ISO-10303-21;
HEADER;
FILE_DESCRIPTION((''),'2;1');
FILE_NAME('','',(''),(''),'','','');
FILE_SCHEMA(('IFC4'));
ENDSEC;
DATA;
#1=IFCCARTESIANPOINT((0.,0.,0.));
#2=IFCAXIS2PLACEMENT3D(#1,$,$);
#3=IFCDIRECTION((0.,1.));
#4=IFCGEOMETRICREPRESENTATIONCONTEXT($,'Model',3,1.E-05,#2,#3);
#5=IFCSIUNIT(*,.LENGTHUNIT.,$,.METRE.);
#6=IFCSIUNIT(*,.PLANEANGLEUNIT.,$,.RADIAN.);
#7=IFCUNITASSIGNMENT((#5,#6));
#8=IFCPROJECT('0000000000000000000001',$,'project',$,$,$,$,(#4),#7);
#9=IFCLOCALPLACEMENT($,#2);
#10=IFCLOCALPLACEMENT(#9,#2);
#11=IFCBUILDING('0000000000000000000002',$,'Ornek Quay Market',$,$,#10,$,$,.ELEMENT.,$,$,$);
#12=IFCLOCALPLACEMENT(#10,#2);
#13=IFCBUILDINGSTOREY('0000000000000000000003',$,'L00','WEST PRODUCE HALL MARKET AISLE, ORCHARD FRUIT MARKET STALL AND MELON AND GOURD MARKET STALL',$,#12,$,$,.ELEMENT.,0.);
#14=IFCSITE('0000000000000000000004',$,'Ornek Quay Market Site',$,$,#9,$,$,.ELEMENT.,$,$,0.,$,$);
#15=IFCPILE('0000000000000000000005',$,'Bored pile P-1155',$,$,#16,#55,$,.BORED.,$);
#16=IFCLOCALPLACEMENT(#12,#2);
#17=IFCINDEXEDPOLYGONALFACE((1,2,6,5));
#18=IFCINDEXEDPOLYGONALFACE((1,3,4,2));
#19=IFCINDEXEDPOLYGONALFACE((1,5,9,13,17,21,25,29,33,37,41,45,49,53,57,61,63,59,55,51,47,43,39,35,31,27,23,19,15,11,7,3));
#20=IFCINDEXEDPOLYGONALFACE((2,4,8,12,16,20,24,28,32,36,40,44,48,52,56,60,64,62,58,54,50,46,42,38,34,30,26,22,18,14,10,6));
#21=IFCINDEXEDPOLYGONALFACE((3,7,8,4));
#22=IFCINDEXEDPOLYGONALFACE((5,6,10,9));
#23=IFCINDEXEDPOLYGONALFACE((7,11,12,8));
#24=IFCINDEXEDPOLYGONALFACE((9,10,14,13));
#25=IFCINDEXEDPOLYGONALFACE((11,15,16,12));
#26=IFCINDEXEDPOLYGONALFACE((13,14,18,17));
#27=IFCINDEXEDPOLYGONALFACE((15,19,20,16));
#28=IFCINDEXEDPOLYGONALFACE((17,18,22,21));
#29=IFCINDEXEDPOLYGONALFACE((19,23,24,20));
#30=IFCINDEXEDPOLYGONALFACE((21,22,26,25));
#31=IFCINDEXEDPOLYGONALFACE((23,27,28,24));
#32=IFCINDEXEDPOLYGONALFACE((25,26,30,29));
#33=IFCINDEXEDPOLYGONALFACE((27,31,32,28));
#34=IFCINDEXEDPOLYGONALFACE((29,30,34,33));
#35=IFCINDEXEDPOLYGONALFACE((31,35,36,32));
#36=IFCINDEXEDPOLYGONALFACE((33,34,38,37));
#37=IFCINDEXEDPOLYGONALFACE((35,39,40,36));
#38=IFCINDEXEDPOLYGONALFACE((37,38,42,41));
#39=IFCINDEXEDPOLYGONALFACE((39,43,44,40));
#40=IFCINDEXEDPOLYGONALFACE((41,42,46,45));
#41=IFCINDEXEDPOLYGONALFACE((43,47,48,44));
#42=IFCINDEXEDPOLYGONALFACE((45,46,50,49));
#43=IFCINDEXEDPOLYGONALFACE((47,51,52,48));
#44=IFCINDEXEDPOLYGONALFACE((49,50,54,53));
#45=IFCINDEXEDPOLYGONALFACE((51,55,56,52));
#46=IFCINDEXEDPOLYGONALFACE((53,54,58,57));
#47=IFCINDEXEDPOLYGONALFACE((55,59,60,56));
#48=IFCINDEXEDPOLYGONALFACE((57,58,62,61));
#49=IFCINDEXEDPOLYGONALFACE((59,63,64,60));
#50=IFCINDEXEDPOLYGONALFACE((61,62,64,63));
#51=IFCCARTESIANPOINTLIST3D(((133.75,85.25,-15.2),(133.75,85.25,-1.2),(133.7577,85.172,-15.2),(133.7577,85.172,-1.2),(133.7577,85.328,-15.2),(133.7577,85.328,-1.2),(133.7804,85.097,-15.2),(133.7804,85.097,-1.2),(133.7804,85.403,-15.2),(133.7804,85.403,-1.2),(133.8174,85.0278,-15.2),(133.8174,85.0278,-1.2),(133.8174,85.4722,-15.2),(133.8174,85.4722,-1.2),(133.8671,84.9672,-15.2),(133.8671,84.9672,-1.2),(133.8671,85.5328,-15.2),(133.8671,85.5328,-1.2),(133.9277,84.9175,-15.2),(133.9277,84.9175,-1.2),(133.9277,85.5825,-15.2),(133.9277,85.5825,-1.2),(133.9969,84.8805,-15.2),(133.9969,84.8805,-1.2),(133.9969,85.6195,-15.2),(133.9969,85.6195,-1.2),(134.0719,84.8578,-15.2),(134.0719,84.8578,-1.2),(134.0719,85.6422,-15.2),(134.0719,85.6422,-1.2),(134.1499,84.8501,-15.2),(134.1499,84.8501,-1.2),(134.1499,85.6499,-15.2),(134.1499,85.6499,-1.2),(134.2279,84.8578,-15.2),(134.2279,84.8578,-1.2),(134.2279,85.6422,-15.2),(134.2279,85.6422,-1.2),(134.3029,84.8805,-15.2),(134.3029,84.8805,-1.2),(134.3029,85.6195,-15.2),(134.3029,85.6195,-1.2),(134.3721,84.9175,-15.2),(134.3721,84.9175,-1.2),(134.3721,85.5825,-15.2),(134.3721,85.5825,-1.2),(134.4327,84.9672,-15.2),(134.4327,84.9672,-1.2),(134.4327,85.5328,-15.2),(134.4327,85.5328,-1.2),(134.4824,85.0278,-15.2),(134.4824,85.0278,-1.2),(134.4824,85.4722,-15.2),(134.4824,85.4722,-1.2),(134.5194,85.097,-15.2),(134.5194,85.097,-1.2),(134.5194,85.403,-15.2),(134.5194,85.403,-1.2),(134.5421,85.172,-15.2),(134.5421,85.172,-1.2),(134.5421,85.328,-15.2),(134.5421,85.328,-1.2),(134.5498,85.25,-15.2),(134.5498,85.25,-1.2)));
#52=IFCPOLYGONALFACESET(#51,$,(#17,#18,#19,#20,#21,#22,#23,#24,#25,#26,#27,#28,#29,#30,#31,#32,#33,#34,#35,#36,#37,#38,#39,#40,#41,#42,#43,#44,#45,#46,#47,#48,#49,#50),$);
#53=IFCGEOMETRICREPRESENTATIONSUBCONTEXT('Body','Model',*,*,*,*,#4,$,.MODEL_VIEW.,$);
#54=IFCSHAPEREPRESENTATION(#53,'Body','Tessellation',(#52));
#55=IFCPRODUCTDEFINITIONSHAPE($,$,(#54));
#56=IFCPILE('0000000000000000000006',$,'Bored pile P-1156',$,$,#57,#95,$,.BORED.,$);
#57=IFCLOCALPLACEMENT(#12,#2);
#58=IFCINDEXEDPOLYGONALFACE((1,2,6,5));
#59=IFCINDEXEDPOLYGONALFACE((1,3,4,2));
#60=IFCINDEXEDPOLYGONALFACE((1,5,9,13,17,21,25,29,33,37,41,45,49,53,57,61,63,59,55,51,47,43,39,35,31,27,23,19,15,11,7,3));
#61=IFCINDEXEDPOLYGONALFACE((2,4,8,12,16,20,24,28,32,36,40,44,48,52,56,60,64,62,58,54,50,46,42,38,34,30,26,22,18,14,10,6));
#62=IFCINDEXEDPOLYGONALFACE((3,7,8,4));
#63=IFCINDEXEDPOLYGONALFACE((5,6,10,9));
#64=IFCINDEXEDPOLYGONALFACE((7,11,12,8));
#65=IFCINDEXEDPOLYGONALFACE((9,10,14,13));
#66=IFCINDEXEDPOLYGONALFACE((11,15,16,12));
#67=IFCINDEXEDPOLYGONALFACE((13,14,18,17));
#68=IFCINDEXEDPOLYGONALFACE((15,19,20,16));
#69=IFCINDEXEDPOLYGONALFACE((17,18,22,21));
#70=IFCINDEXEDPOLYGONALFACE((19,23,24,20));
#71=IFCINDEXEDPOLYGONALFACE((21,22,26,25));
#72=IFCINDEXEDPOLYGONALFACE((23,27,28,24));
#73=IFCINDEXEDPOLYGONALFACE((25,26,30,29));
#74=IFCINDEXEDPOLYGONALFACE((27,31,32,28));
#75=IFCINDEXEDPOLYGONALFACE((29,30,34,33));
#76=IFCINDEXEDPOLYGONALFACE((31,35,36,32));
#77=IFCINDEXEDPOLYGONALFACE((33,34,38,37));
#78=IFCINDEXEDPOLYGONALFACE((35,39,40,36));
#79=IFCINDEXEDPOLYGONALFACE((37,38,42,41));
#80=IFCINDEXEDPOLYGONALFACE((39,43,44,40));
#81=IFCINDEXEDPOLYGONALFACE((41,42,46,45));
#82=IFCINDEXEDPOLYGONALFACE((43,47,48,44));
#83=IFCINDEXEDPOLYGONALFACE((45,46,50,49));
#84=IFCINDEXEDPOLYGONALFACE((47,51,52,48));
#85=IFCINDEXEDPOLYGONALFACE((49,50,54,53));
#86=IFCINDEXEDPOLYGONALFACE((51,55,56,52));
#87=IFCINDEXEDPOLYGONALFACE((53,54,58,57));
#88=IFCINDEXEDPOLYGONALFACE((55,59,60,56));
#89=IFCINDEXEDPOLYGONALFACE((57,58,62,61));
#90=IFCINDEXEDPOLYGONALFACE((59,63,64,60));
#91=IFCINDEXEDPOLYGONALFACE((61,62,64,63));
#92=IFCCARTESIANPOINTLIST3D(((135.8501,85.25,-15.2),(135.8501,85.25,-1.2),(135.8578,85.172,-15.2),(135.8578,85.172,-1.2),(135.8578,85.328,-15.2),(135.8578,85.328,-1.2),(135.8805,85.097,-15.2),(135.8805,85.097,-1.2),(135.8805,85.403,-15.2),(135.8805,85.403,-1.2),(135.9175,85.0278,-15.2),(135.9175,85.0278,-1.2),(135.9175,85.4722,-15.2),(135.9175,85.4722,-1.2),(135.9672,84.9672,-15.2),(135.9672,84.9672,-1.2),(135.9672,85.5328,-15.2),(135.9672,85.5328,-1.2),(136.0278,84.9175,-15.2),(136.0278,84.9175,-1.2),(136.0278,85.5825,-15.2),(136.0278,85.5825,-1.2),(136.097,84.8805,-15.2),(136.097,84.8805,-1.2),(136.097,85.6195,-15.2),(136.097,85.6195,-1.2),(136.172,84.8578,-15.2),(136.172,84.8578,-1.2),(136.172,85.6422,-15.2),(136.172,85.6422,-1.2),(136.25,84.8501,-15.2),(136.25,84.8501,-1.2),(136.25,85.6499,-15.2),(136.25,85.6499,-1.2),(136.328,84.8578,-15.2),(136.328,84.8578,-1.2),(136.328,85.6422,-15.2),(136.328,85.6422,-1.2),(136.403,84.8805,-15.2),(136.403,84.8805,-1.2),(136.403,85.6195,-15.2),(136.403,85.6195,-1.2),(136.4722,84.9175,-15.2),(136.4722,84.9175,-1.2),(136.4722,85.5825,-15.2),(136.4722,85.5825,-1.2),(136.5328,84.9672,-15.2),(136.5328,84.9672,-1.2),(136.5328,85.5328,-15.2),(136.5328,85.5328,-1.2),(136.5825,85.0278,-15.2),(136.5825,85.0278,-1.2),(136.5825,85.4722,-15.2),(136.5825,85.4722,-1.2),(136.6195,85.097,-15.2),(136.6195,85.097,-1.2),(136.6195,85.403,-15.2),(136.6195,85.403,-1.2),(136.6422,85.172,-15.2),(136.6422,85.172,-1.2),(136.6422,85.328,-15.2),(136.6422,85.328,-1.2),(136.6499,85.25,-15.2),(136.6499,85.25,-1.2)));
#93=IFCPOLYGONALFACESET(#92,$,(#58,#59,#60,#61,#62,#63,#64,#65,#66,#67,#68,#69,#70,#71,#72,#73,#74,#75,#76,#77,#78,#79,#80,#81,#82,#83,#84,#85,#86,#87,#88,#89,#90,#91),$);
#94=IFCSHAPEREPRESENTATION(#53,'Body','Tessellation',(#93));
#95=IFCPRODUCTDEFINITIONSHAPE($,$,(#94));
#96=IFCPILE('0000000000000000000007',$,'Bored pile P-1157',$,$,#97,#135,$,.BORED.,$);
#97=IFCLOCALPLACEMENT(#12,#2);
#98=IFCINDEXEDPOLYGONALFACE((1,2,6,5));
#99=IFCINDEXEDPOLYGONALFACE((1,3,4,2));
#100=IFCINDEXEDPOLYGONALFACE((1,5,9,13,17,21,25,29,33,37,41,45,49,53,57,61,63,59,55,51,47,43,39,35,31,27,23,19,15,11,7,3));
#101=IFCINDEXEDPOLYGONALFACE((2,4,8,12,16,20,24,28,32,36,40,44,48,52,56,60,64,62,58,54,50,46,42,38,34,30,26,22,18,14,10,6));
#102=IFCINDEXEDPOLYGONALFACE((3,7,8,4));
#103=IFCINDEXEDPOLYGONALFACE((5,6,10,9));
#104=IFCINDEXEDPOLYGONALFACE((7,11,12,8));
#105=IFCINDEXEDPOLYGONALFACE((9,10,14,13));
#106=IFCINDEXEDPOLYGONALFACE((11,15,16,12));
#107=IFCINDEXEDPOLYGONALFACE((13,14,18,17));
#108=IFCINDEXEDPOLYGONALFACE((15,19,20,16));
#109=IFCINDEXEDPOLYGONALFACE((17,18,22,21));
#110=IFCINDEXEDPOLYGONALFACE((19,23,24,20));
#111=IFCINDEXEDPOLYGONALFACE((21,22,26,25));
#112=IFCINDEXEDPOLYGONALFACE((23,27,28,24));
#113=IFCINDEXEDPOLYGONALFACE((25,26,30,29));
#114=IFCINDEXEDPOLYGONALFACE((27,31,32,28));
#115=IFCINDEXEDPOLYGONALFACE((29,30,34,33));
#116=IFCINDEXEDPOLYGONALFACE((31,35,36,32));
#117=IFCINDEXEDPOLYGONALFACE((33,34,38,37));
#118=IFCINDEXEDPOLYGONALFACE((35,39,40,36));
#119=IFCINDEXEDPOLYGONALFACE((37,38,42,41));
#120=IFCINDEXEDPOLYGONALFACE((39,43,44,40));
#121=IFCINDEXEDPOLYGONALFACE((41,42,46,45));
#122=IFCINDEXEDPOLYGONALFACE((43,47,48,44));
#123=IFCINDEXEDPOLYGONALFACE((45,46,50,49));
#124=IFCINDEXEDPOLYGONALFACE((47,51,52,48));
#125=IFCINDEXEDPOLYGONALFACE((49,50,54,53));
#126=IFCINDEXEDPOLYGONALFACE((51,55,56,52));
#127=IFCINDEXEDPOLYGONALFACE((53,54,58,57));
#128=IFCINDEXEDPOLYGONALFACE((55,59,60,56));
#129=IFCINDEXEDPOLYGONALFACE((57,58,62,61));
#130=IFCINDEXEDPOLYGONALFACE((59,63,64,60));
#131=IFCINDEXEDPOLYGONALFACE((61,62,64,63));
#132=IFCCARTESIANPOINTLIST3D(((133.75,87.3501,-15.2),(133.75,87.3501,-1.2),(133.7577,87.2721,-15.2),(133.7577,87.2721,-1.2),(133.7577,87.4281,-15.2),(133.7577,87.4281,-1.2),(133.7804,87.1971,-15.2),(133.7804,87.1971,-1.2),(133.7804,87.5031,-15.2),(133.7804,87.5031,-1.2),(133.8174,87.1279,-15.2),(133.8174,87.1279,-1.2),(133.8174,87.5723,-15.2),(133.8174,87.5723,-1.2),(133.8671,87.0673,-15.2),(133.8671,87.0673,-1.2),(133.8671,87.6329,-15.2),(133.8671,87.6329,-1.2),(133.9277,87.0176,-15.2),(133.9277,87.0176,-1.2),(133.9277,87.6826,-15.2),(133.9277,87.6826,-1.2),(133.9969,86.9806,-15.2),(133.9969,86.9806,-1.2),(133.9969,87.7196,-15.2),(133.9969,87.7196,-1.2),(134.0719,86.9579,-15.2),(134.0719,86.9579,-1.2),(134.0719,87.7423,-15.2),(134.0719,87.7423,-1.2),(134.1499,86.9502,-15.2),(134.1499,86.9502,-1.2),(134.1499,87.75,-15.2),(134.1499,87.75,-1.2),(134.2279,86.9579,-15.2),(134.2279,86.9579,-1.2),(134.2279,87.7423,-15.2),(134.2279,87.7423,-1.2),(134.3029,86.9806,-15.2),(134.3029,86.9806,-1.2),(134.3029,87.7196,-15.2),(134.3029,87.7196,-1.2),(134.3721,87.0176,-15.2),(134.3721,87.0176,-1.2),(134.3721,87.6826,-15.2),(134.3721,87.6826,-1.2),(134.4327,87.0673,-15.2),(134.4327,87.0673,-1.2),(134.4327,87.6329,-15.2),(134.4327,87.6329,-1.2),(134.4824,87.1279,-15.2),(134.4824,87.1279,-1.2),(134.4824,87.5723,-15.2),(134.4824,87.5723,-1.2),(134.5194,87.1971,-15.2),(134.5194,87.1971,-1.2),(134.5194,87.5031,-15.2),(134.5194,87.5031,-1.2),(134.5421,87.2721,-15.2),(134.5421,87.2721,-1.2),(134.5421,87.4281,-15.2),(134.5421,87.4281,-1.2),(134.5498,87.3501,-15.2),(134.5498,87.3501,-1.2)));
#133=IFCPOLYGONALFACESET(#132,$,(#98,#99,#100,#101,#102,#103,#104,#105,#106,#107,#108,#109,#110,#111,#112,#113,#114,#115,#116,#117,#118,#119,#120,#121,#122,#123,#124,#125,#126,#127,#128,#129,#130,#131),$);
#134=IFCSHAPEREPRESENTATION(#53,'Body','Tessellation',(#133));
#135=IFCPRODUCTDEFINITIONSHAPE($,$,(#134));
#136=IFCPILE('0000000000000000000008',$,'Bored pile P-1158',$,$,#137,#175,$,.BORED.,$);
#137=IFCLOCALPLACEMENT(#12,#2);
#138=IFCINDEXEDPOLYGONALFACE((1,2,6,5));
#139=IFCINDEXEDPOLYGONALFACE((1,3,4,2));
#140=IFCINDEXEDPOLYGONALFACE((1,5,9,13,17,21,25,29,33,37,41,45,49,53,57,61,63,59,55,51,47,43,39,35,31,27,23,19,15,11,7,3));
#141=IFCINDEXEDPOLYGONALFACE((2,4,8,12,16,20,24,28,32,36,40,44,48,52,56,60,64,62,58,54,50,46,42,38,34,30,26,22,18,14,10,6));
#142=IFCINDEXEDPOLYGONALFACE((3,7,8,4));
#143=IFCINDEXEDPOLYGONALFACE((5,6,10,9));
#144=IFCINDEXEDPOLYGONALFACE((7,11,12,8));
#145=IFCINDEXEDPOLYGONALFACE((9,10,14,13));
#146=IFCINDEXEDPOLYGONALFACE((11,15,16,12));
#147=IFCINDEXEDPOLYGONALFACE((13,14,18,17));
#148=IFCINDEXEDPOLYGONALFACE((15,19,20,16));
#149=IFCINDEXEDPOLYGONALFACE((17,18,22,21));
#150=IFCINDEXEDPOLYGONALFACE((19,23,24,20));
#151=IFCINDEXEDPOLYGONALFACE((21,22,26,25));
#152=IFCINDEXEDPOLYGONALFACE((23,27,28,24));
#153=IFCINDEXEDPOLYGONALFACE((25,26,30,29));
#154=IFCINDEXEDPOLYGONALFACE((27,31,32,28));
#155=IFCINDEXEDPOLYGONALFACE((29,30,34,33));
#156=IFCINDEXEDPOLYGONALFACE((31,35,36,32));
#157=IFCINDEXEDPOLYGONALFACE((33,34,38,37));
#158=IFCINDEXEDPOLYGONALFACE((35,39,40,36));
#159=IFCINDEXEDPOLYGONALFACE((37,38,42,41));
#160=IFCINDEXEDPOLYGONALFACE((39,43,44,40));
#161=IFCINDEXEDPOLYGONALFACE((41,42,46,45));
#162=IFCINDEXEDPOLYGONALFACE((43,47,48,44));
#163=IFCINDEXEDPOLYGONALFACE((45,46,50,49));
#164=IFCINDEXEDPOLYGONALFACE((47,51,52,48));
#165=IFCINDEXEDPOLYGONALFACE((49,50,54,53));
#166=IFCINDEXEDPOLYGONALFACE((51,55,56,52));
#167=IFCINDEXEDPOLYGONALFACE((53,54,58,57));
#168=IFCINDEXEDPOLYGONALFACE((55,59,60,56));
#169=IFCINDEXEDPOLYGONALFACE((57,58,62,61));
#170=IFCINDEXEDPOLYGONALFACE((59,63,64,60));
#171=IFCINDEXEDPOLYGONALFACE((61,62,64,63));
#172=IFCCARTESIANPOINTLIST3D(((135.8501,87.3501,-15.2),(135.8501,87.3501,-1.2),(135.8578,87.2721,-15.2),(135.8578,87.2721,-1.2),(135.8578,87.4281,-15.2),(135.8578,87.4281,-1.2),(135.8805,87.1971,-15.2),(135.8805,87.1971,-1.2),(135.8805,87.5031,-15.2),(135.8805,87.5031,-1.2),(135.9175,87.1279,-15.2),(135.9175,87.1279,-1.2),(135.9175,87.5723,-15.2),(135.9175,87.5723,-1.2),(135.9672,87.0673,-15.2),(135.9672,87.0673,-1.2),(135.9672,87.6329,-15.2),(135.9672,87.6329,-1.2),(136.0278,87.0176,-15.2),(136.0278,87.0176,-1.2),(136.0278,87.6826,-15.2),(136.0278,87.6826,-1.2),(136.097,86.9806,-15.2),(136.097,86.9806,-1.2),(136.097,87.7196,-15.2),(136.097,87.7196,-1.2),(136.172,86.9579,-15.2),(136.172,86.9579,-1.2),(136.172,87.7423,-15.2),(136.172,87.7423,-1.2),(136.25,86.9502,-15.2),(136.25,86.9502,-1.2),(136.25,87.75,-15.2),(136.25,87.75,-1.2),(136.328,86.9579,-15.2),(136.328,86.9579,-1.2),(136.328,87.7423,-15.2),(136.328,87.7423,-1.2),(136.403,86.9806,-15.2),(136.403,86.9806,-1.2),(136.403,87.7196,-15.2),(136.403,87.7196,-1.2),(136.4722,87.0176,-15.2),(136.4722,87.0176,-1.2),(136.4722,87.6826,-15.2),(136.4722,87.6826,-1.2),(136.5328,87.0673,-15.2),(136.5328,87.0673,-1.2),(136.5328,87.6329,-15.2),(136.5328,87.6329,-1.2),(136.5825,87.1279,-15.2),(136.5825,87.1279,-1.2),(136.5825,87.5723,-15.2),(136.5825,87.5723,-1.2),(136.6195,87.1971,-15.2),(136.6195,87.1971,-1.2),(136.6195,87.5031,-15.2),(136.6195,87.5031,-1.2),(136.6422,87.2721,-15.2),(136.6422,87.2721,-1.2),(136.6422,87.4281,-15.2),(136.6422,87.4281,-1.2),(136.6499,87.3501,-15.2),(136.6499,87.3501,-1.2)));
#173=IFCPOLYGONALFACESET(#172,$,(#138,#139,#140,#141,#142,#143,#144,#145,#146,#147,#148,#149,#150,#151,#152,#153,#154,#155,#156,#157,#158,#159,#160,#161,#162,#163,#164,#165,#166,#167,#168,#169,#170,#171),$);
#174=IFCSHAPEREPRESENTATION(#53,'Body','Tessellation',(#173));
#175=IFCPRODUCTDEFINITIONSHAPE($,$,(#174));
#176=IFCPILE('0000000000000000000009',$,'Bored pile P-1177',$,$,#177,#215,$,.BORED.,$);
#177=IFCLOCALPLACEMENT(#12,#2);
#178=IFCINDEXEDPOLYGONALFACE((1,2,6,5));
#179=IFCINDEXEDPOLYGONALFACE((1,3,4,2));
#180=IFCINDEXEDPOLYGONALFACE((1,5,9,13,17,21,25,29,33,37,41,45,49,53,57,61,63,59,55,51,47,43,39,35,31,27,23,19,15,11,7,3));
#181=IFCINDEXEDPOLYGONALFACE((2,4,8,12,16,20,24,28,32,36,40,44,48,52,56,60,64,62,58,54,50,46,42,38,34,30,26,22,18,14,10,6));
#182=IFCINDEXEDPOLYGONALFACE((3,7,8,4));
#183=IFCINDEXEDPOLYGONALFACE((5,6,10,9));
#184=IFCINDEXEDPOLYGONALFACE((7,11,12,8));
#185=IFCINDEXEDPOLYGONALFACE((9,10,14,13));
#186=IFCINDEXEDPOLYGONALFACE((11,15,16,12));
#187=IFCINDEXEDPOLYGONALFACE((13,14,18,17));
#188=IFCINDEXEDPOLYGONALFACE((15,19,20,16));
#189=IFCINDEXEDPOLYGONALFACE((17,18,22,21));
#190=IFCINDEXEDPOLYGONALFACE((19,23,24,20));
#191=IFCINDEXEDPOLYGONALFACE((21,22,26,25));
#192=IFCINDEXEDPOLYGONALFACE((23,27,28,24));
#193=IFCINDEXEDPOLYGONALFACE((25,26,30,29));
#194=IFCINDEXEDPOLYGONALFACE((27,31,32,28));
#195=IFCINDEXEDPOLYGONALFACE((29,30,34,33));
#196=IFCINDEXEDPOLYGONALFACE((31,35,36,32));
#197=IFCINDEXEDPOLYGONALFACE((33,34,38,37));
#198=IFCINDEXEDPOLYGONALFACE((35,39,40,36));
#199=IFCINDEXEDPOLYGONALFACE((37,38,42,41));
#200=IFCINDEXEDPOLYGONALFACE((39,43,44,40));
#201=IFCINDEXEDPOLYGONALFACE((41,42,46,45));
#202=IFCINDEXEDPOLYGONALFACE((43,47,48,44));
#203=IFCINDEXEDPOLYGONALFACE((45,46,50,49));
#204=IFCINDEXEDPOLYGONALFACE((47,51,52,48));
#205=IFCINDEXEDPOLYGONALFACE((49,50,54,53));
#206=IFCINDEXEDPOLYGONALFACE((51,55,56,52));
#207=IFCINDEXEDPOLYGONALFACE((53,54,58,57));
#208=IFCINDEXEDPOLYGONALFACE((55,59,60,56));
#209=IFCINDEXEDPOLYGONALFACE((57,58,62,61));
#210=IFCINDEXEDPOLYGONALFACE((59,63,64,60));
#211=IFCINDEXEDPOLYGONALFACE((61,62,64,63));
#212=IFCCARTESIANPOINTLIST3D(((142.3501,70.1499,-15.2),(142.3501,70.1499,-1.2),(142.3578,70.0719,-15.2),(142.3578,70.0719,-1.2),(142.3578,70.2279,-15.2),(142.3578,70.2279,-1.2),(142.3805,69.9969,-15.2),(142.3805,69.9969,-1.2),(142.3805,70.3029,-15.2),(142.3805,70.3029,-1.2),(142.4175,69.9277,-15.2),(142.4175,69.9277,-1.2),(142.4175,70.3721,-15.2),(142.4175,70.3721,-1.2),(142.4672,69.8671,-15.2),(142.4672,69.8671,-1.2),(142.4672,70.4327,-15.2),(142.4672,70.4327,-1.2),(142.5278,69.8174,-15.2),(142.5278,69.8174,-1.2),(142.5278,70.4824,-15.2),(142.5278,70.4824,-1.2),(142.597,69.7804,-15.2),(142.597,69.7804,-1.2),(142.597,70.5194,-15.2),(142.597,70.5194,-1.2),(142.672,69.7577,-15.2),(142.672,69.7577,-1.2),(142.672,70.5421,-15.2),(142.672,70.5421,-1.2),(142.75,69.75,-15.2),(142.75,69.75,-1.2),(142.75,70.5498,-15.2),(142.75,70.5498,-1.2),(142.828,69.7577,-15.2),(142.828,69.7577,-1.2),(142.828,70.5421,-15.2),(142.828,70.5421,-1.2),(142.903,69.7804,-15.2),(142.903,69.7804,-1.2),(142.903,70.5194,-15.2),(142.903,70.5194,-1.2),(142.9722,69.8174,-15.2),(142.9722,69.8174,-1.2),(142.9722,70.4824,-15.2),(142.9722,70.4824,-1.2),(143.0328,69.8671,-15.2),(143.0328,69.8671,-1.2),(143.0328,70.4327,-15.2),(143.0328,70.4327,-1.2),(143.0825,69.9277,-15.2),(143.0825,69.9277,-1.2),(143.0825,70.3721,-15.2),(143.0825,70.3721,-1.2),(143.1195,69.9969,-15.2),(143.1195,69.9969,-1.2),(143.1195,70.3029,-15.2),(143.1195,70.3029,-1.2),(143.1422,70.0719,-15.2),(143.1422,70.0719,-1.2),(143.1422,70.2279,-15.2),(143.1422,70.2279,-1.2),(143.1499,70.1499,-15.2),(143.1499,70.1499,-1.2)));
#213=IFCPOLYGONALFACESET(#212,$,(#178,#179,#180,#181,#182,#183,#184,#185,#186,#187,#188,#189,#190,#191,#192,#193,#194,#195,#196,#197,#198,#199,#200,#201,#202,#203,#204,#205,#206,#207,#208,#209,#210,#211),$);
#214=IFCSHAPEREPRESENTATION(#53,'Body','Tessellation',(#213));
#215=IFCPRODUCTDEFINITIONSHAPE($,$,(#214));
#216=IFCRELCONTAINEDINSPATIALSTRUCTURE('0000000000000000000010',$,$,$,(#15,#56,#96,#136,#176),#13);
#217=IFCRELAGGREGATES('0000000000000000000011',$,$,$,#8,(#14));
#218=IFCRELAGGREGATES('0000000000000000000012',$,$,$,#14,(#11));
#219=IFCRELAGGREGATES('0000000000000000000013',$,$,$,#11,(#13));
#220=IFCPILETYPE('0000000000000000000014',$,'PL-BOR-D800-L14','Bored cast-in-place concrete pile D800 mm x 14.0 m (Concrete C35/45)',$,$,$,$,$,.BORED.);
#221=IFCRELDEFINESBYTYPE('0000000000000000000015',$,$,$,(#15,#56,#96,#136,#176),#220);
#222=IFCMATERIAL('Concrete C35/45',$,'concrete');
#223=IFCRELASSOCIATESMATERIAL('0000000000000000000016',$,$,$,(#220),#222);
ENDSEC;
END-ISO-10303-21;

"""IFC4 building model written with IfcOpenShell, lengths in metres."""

from ifc_helpers import new_model, si_unit, direction, frame, origin, origin_2d, place, context, subcontext, project, spatial, circle, extrude, material, material_profile, profile_set, type_object, element, save


model = new_model("IFC4")

# Units and contexts
model_context = context("Model", 3, precision=1e-05, world=origin(), true_north=direction((0.0, 1.0)))
body_context = subcontext(model_context, "Body", "Model", "MODEL_VIEW")
ifc_project = project(units=[si_unit("LENGTHUNIT", "METRE"), si_unit("PLANEANGLEUNIT", "RADIAN")], contexts=[model_context])

# Site, building, storey
site_placement = place(None, origin())
site = spatial("IfcSite", under=ifc_project, at=site_placement, Name="Ornek Quay Market Site", CompositionType="ELEMENT", RefElevation=0.0)
building_placement = place(site_placement, origin())
building = spatial("IfcBuilding", under=site, at=building_placement, Name="Ornek Quay Market", CompositionType="ELEMENT")
storey_placement = place(building_placement, origin())
storey = spatial("IfcBuildingStorey", under=building, at=storey_placement, Name="L00", Description="WEST PRODUCE HALL MARKET AISLE, ORCHARD FRUIT MARKET STALL AND MELON AND GOURD MARKET STALL", CompositionType="ELEMENT", Elevation=0.0)

# Piles
ifc_material_1 = material(Name="Concrete C35/45", Category="concrete")
ifc_material_profile_1 = material_profile(ifc_material_1, circle(Radius=0.3999, at=origin_2d()), Name="PILE D800", Category="concrete")
ifc_profile_set_1 = profile_set([ifc_material_profile_1], Name="Concrete C35/45")
pile_type_1 = type_object("IfcPileType", Name="PL-BOR-D800-L14", Description="Bored cast-in-place concrete pile D800 mm x 14.0 m (Concrete C35/45)", PredefinedType="BORED", material=ifc_profile_set_1)
for number, where, z_axis, x_axis, name in (
    (1, (134.1499, 85.25, -1.2), (0.0, 0.0, -1.0), (1.0, 0.0, 0.0), "Bored pile P-1155"),
    (2, (136.25, 85.25, -1.2), (0.0, 0.0, -1.0), (1.0, 0.0, 0.0), "Bored pile P-1156"),
    (3, (134.1499, 87.3501, -1.2), (0.0, 0.0, -1.0), (1.0, 0.0, 0.0), "Bored pile P-1157"),
    (4, (136.25, 87.3501, -1.2), (0.0, 0.0, -1.0), (1.0, 0.0, 0.0), "Bored pile P-1158"),
    (5, (142.75, 70.1499, -1.2), (0.0, 0.0, -1.0), (1.0, 0.0, 0.0), "Bored pile P-1177"),
):
    element("IfcPile", number, at=place(storey_placement, frame(where, z_axis=z_axis, x_axis=x_axis)), inside=storey, type_object=pile_type_1, Name=name, PredefinedType="BORED", context=body_context, shape_type="SweptSolid", body=[
        extrude(circle(Radius=0.3999, at=origin_2d()), origin(), (0.0, 0.0, 1.0), 14.0),
    ])

save(model, "model.ifc")
